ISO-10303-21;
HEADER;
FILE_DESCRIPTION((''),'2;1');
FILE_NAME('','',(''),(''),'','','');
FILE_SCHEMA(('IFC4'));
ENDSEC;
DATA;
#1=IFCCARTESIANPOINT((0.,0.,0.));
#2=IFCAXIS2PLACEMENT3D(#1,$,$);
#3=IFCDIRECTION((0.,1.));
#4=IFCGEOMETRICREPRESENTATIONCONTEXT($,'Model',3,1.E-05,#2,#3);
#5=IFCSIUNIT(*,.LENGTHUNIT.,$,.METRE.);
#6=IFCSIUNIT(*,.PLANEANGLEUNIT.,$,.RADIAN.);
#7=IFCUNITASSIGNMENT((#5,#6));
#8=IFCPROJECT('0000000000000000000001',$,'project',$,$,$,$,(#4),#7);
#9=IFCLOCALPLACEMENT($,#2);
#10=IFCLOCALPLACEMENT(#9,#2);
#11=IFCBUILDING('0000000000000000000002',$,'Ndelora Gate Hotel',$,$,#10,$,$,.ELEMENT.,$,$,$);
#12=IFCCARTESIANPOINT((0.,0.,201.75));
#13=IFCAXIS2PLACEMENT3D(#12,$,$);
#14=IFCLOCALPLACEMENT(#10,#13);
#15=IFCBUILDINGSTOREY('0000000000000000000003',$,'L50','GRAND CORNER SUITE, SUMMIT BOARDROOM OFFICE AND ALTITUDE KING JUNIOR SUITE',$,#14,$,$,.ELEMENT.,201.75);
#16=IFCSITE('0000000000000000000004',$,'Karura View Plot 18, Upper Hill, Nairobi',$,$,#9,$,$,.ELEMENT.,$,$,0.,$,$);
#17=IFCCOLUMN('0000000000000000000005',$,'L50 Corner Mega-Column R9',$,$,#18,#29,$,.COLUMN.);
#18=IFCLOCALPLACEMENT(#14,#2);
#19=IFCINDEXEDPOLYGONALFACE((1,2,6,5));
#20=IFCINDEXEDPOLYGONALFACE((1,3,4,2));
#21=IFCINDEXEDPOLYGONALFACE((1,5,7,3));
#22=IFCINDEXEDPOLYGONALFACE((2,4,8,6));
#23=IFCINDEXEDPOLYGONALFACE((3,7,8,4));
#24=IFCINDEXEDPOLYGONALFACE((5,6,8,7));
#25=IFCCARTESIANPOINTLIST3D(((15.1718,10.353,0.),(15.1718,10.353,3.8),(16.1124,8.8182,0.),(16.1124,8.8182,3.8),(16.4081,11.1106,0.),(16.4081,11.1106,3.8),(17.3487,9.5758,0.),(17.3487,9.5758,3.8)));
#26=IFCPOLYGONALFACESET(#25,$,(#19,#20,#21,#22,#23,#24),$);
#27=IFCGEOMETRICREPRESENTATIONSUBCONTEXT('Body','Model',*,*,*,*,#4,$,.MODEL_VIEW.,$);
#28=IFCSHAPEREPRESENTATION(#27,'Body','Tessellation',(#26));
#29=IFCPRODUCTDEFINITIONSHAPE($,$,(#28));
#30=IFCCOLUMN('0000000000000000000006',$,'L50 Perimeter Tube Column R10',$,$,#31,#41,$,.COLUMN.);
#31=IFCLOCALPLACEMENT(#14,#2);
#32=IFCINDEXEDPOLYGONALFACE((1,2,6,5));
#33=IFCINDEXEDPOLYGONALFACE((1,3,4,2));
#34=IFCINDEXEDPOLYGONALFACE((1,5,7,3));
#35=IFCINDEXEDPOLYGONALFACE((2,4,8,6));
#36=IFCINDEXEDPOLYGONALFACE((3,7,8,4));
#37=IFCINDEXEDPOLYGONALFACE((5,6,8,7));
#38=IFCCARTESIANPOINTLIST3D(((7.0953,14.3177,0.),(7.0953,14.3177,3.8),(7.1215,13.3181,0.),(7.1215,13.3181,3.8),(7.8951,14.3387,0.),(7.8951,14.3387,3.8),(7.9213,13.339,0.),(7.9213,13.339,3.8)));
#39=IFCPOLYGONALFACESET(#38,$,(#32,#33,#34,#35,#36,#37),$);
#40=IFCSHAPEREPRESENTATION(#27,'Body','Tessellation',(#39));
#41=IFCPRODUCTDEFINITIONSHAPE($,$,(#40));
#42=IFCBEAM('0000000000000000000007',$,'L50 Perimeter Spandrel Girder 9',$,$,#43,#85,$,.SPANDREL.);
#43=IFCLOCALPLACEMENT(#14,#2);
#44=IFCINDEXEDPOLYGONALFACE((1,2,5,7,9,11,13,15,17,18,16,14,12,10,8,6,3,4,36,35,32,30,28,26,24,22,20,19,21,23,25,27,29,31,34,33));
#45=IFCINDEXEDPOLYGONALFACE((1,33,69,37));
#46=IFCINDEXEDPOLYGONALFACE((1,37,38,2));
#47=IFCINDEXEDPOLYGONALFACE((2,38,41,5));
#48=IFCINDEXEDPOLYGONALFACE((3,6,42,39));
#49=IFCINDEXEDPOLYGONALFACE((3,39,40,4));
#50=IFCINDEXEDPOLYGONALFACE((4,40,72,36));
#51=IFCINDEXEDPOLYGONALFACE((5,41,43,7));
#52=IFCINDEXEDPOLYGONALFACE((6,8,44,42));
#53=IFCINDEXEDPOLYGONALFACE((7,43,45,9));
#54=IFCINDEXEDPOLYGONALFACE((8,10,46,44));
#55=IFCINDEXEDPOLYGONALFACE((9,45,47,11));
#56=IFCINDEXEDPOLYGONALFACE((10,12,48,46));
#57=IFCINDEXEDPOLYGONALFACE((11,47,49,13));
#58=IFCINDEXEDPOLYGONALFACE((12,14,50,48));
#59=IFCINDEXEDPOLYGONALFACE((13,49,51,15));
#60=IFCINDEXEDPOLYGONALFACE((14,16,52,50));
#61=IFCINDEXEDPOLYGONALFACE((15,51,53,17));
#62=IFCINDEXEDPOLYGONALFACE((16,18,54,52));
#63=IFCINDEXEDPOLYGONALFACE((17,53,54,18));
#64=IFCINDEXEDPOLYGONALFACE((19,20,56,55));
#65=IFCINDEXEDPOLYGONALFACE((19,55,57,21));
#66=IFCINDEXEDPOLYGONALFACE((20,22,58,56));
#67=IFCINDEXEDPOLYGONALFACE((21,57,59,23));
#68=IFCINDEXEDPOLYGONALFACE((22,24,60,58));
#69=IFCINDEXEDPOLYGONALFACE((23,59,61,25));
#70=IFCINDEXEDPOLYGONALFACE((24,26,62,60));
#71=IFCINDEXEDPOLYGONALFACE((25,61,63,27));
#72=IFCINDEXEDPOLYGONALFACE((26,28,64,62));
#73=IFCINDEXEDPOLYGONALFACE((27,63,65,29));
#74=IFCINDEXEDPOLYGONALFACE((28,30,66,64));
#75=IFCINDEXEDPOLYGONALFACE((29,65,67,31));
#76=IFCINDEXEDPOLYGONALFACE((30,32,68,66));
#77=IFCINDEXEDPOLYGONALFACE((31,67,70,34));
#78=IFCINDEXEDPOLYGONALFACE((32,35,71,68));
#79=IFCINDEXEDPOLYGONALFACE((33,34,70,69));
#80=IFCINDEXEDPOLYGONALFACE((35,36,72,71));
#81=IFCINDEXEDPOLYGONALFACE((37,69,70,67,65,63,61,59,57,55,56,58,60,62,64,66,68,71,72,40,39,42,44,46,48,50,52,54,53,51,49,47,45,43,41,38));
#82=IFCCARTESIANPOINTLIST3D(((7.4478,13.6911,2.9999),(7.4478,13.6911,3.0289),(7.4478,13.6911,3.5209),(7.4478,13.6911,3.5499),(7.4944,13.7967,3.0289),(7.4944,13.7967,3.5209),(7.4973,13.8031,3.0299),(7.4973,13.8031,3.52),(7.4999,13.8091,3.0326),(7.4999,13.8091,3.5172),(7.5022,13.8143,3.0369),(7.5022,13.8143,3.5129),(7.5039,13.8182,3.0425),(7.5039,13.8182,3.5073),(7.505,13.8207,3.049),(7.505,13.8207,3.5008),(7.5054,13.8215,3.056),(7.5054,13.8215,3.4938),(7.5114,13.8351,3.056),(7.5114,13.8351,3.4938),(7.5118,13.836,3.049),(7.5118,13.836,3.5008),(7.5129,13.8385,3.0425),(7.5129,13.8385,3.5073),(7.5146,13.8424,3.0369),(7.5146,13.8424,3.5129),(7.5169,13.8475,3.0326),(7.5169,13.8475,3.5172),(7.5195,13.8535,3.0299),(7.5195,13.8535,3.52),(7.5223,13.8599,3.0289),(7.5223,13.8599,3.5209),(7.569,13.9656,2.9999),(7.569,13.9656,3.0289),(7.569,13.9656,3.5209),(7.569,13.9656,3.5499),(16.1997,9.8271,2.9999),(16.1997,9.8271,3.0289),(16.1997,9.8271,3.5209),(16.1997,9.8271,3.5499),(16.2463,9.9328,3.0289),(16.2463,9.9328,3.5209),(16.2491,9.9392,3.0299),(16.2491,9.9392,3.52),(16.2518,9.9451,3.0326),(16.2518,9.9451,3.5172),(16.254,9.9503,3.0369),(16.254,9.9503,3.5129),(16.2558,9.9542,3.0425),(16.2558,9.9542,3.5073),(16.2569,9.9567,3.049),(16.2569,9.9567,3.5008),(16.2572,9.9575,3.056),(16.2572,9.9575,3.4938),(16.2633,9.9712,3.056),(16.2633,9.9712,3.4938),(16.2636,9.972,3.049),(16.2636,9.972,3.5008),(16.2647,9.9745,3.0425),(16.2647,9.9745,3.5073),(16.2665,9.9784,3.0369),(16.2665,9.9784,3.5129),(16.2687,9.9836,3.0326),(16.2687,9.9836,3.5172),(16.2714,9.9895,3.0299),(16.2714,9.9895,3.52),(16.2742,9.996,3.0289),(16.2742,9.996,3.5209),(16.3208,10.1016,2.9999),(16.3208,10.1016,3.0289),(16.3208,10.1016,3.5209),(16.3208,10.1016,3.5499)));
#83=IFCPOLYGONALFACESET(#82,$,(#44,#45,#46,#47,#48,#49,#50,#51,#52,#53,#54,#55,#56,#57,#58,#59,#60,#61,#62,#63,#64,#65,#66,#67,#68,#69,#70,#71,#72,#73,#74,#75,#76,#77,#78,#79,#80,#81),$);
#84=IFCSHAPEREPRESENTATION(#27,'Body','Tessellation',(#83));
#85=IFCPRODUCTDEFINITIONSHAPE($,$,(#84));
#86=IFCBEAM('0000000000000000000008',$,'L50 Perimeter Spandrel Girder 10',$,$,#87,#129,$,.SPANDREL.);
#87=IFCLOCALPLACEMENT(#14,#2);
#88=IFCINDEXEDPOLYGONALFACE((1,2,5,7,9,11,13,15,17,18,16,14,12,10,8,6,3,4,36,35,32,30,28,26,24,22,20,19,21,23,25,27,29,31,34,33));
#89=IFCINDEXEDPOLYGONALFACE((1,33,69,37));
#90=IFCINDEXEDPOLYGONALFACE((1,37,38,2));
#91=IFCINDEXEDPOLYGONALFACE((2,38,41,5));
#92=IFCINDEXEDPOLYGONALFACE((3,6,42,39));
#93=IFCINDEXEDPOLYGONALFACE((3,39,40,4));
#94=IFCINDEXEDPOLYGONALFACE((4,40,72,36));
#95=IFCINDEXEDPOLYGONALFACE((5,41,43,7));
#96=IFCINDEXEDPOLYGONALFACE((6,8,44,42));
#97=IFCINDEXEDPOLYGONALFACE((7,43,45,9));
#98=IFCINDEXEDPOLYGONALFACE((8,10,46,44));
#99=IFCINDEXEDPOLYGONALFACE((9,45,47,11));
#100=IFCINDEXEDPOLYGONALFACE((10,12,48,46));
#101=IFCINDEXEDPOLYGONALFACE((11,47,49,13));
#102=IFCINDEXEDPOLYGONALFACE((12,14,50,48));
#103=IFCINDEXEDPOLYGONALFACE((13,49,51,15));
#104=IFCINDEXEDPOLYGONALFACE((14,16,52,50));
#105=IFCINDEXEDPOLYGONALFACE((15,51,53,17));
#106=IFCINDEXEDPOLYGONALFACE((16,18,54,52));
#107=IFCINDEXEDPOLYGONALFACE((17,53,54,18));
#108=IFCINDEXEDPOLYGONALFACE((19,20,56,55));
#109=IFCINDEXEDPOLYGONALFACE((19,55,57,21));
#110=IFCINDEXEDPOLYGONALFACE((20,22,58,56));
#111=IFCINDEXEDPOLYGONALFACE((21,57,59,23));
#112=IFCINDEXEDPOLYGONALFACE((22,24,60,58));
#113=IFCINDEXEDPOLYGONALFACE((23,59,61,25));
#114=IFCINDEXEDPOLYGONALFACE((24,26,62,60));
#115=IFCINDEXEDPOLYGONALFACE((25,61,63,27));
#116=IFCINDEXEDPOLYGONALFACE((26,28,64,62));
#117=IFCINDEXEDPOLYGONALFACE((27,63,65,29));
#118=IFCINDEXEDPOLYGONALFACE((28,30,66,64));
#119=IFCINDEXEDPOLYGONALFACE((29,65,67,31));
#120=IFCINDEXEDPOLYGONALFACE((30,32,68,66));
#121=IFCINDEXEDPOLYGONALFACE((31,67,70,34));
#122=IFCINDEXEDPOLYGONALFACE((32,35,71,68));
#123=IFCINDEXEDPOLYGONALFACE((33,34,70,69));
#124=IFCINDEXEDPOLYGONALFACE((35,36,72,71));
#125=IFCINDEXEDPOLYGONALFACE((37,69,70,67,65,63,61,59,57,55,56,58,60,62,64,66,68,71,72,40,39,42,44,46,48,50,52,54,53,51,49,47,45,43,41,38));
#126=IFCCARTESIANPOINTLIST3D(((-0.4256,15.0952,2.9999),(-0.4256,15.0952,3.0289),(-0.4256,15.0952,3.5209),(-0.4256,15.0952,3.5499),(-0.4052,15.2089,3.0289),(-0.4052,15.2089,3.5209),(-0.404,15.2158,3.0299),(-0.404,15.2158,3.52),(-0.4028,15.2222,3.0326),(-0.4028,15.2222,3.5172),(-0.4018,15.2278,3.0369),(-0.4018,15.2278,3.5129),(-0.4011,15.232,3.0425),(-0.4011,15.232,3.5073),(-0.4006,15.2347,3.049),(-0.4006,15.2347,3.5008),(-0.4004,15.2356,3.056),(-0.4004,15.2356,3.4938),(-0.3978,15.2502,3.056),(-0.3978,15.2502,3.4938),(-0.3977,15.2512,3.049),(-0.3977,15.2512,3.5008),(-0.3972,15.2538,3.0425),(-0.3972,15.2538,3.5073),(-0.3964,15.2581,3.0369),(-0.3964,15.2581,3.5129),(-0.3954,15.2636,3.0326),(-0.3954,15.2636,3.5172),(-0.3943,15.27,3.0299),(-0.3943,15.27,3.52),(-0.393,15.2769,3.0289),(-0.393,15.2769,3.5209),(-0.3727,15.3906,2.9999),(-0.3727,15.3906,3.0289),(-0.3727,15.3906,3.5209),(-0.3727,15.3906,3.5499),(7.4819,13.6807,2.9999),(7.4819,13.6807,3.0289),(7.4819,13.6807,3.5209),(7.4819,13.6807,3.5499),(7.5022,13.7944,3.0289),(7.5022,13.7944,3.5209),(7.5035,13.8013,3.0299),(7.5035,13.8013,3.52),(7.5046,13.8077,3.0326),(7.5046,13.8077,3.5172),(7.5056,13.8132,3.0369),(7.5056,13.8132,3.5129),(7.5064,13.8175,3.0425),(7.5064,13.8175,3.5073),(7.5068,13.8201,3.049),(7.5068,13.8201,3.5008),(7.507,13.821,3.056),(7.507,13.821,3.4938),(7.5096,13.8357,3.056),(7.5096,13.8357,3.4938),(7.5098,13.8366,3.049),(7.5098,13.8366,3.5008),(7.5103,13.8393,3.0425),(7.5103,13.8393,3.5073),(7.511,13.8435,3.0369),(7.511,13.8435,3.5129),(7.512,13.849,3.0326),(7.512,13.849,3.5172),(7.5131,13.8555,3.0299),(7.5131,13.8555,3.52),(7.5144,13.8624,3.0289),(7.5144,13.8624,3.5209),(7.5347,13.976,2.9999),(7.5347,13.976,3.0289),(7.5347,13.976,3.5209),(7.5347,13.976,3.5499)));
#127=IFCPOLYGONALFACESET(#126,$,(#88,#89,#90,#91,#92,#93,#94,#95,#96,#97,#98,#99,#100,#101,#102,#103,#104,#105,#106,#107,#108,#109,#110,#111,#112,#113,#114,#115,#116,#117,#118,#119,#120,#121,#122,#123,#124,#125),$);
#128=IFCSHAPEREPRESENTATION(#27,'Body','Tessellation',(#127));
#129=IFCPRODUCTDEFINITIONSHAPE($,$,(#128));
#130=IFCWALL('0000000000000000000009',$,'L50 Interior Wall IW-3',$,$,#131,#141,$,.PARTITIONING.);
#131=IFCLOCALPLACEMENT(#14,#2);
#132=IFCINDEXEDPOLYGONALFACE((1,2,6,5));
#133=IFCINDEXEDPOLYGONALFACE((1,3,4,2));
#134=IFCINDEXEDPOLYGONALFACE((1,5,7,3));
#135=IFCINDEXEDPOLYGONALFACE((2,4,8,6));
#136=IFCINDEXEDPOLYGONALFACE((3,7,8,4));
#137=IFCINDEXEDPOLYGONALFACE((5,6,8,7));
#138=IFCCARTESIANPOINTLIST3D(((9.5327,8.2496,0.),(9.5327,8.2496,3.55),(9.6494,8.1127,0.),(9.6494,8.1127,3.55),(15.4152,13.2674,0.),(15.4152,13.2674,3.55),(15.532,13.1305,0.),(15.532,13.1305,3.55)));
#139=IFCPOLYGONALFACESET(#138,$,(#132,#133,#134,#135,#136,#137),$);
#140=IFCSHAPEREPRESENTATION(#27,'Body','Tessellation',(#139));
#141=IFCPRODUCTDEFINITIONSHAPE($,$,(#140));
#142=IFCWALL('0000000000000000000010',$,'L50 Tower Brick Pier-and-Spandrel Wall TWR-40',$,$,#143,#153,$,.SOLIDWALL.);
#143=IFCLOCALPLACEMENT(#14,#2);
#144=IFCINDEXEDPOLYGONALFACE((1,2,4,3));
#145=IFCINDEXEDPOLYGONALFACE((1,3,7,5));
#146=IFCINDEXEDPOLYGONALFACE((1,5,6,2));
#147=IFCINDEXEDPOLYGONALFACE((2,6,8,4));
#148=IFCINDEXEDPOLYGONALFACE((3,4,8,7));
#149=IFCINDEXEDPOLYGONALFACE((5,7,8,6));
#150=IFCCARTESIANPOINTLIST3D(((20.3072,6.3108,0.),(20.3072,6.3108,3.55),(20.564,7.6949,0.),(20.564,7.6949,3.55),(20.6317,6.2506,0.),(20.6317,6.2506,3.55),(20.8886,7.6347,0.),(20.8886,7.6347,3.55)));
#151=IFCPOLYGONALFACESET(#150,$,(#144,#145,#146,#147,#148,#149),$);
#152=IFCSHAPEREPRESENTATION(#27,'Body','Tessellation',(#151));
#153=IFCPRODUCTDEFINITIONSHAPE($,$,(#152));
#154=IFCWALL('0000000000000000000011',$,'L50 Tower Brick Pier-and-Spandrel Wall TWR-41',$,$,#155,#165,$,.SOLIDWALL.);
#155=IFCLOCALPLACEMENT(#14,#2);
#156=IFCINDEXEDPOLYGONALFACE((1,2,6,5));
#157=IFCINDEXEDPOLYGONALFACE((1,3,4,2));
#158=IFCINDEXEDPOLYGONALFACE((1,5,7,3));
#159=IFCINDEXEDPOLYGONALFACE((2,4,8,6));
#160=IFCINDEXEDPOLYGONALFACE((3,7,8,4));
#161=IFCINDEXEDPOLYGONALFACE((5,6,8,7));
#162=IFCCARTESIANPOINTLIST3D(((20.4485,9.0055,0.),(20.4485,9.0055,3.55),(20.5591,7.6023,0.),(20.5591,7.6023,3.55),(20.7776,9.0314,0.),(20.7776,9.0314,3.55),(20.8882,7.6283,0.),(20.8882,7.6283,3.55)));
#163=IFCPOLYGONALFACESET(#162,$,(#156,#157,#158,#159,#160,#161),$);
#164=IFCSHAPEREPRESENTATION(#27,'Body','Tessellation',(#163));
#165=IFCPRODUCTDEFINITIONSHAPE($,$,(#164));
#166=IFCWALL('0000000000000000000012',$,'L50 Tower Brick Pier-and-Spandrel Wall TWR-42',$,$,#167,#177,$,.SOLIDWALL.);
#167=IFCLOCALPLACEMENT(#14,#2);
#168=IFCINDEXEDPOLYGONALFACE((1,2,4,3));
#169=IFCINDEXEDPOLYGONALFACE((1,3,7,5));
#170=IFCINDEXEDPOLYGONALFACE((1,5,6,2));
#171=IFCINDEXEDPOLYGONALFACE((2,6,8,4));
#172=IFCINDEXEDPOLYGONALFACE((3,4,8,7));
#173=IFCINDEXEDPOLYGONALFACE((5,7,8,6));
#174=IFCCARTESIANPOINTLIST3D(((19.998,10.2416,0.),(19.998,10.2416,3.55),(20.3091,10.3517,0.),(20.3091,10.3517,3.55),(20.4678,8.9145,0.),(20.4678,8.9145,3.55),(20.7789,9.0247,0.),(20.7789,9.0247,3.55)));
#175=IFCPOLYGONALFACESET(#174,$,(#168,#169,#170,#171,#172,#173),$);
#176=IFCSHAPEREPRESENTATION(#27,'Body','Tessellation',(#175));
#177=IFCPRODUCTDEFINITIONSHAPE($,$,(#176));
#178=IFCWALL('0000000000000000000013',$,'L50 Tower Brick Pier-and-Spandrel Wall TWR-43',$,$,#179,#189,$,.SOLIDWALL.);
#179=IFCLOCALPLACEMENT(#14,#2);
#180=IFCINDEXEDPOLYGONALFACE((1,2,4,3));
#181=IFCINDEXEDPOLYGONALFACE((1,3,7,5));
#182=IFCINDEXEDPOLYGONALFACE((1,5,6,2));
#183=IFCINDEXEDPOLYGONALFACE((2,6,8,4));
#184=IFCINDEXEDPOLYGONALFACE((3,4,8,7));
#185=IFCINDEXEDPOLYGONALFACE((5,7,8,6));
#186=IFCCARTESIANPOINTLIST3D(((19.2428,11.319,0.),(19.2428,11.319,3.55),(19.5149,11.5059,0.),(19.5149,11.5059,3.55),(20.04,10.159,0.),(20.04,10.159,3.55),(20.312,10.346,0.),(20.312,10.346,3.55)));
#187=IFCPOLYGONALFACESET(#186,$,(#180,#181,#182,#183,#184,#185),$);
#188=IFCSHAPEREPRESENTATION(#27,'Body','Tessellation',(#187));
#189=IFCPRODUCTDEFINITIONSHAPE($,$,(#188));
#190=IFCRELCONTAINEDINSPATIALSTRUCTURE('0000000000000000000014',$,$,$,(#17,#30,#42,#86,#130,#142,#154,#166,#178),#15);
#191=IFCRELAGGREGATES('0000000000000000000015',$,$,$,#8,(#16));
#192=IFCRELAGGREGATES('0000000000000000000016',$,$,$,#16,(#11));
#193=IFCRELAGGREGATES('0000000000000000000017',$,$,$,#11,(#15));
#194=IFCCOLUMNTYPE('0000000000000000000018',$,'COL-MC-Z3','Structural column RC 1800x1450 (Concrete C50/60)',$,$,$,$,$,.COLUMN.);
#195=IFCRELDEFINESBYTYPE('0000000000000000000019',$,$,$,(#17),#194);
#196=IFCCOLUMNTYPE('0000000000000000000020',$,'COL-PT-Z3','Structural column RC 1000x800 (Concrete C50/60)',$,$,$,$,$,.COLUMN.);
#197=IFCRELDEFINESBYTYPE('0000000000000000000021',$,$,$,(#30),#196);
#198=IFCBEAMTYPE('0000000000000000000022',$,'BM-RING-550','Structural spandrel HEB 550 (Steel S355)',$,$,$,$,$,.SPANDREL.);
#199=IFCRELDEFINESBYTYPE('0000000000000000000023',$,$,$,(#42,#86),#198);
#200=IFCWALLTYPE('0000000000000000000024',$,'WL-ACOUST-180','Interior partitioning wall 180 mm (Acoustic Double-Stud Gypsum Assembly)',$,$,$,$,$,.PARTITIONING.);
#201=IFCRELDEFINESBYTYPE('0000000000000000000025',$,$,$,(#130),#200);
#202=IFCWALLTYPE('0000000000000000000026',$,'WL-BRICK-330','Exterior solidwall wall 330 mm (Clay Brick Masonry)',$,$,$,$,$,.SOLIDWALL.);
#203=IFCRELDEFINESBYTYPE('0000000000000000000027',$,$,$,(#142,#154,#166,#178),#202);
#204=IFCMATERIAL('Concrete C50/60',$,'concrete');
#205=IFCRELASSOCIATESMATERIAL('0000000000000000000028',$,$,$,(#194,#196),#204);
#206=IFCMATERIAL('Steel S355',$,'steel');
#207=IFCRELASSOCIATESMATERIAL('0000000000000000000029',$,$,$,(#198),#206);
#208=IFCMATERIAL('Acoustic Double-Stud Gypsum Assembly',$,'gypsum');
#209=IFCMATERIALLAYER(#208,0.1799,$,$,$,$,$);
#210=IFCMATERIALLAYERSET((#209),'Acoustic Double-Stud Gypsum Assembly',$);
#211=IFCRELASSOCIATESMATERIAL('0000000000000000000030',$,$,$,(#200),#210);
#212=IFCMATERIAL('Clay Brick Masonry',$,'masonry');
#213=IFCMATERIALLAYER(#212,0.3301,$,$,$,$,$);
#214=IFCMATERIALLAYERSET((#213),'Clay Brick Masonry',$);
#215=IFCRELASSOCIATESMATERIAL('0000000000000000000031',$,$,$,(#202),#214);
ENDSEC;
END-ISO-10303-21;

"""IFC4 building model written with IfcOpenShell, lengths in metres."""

from ifc_helpers import new_model, si_unit, direction, frame, frame_2d, origin, origin_2d, place, context, subcontext, project, spatial, rectangle, i_section, extrude, material, layer, layer_set, material_profile, profile_set, type_object, element, save


model = new_model("IFC4")

# Units and contexts
model_context = context("Model", 3, precision=1e-05, world=origin(), true_north=direction((0.0, 1.0)))
body_context = subcontext(model_context, "Body", "Model", "MODEL_VIEW")
ifc_project = project(units=[si_unit("LENGTHUNIT", "METRE"), si_unit("PLANEANGLEUNIT", "RADIAN")], contexts=[model_context])

# Site, building, storey
site_placement = place(None, origin())
site = spatial("IfcSite", under=ifc_project, at=site_placement, Name="Karura View Plot 18, Upper Hill, Nairobi", CompositionType="ELEMENT", RefElevation=0.0)
building_placement = place(site_placement, origin())
building = spatial("IfcBuilding", under=site, at=building_placement, Name="Ndelora Gate Hotel", CompositionType="ELEMENT")
storey_placement = place(building_placement, frame((0.0, 0.0, 201.75)))
storey = spatial("IfcBuildingStorey", under=building, at=storey_placement, Name="L50", Description="GRAND CORNER SUITE, SUMMIT BOARDROOM OFFICE AND ALTITUDE KING JUNIOR SUITE", CompositionType="ELEMENT", Elevation=201.75)

# Columns
ifc_material_1 = material(Name="Concrete C50/60", Category="concrete")
ifc_material_profile_1 = material_profile(ifc_material_1, rectangle(XDim=1.45, YDim=1.8, at=origin_2d()), Name="RC 1800x1450")
ifc_profile_set_1 = profile_set([ifc_material_profile_1], Name="Concrete C50/60")
column_type_1 = type_object("IfcColumnType", Name="COL-MC-Z3", Description="Structural column RC 1800x1450 (Concrete C50/60)", PredefinedType="COLUMN", material=ifc_profile_set_1)
column_1_placement = place(storey_placement, frame((16.2603, 9.9644, 0.0), z_axis=(0.0, 0.0, 1.0), x_axis=(0.85264, 0.522499, 0.0)))
element("IfcColumn", 1, at=column_1_placement, inside=storey, type_object=column_type_1, Name="L50 Corner Mega-Column R9", PredefinedType="COLUMN", context=body_context, shape_type="SweptSolid", body=[
    extrude(rectangle(XDim=1.45, YDim=1.8, at=origin_2d()), origin(), (0.0, 0.0, 1.0), 3.8),
])
ifc_material_profile_2 = material_profile(ifc_material_1, rectangle(XDim=0.8, YDim=1.0, at=origin_2d()), Name="RC 1000x800")
ifc_profile_set_2 = profile_set([ifc_material_profile_2], Name="Concrete C50/60")
column_type_2 = type_object("IfcColumnType", Name="COL-PT-Z3", Description="Structural column RC 1000x800 (Concrete C50/60)", PredefinedType="COLUMN", material=ifc_profile_set_2)
column_2_placement = place(storey_placement, frame((7.5083, 13.8284, 0.0), z_axis=(0.0, 0.0, 1.0), x_axis=(0.999657, 0.026177, 0.0)))
element("IfcColumn", 2, at=column_2_placement, inside=storey, type_object=column_type_2, Name="L50 Perimeter Tube Column R10", PredefinedType="COLUMN", context=body_context, shape_type="SweptSolid", body=[
    extrude(rectangle(XDim=0.8, YDim=1.0, at=origin_2d()), origin(), (0.0, 0.0, 1.0), 3.8),
])

# Beams
ifc_material_2 = material(Name="Steel S355", Category="steel")
ifc_material_profile_3 = material_profile(ifc_material_2, i_section(OverallWidth=0.3, OverallDepth=0.55, WebThickness=0.0149, FlangeThickness=0.0291, FilletRadius=0.0271, at=origin_2d()), Name="HEB 550")
ifc_profile_set_3 = profile_set([ifc_material_profile_3], Name="Steel S355")
beam_type = type_object("IfcBeamType", Name="BM-RING-550", Description="Structural spandrel HEB 550 (Steel S355)", PredefinedType="SPANDREL", material=ifc_profile_set_3)
beam_1_placement = place(storey_placement, frame((16.2603, 9.9644, 3.2749), z_axis=(-0.914807, 0.40389, 0.0), x_axis=(-0.40389, -0.914807, 0.0)))
element("IfcBeam", 3, at=beam_1_placement, inside=storey, type_object=beam_type, Name="L50 Perimeter Spandrel Girder 9", PredefinedType="SPANDREL", context=body_context, shape_type="SweptSolid", body=[
    extrude(i_section(OverallWidth=0.3, OverallDepth=0.55, WebThickness=0.0149, FlangeThickness=0.0291, FilletRadius=0.0271, at=origin_2d()), origin(), (0.0, 0.0, 1.0), 9.5669),
])
beam_2_placement = place(storey_placement, frame((7.5083, 13.8284, 3.2749), z_axis=(-0.984374, 0.176093, 0.0), x_axis=(-0.176093, -0.984374, 0.0)))
element("IfcBeam", 4, at=beam_2_placement, inside=storey, type_object=beam_type, Name="L50 Perimeter Spandrel Girder 10", PredefinedType="SPANDREL", context=body_context, shape_type="SweptSolid", body=[
    extrude(i_section(OverallWidth=0.3, OverallDepth=0.55, WebThickness=0.0149, FlangeThickness=0.0291, FilletRadius=0.0271, at=origin_2d()), origin(), (0.0, 0.0, 1.0), 8.033),
])

# Walls
ifc_material_3 = material(Name="Acoustic Double-Stud Gypsum Assembly", Category="gypsum")
ifc_layer_1 = layer(ifc_material_3, 0.1799)
ifc_layer_set_1 = layer_set([ifc_layer_1], Name="Acoustic Double-Stud Gypsum Assembly")
wall_type_1 = type_object("IfcWallType", Name="WL-ACOUST-180", Description="Interior partitioning wall 180 mm (Acoustic Double-Stud Gypsum Assembly)", PredefinedType="PARTITIONING", material=ifc_layer_set_1)
wall_1_placement = place(storey_placement, frame((9.5911, 8.1812, 0.0), z_axis=(0.0, 0.0, 1.0), x_axis=(0.760812, 0.648972, 0.0)))
element("IfcWall", 5, at=wall_1_placement, inside=storey, type_object=wall_type_1, Name="L50 Interior Wall IW-3", PredefinedType="PARTITIONING", context=body_context, shape_type="SweptSolid", body=[
    extrude(rectangle(XDim=7.7319, YDim=0.1799, at=frame_2d((3.866, 0.0))), origin(), (0.0, 0.0, 1.0), 3.55),
])
ifc_material_4 = material(Name="Clay Brick Masonry", Category="masonry")
ifc_layer_2 = layer(ifc_material_4, 0.3301)
ifc_layer_set_2 = layer_set([ifc_layer_2], Name="Clay Brick Masonry")
wall_type_2 = type_object("IfcWallType", Name="WL-BRICK-330", Description="Exterior solidwall wall 330 mm (Clay Brick Masonry)", PredefinedType="SOLIDWALL", material=ifc_layer_set_2)
wall_2_placement = place(storey_placement, frame((20.7263, 7.6648, 0.0), z_axis=(0.0, 0.0, 1.0), x_axis=(-0.182456, -0.983214, 0.0)))
element("IfcWall", 6, at=wall_2_placement, inside=storey, type_object=wall_type_2, Name="L50 Tower Brick Pier-and-Spandrel Wall TWR-40", PredefinedType="SOLIDWALL", context=body_context, shape_type="SweptSolid", body=[
    extrude(rectangle(XDim=1.4077, YDim=0.3301, at=frame_2d((0.7039, 0.0))), origin(), (0.0, 0.0, 1.0), 3.55),
])
wall_3_placement = place(storey_placement, frame((20.613, 9.0183, 0.0), z_axis=(0.0, 0.0, 1.0), x_axis=(0.07858, -0.996908, 0.0)))
element("IfcWall", 7, at=wall_3_placement, inside=storey, type_object=wall_type_2, Name="L50 Tower Brick Pier-and-Spandrel Wall TWR-41", PredefinedType="SOLIDWALL", context=body_context, shape_type="SweptSolid", body=[
    extrude(rectangle(XDim=1.4075, YDim=0.3301, at=frame_2d((0.7036, 0.0))), origin(), (0.0, 0.0, 1.0), 3.55),
])
wall_4_placement = place(storey_placement, frame((20.1536, 10.2966, 0.0), z_axis=(0.0, 0.0, 1.0), x_axis=(0.333709, -0.942676, 0.0)))
element("IfcWall", 8, at=wall_4_placement, inside=storey, type_object=wall_type_2, Name="L50 Tower Brick Pier-and-Spandrel Wall TWR-42", PredefinedType="SOLIDWALL", context=body_context, shape_type="SweptSolid", body=[
    extrude(rectangle(XDim=1.4077, YDim=0.3301, at=frame_2d((0.7039, 0.0))), origin(), (0.0, 0.0, 1.0), 3.55),
])
for number, where, z_axis, x_axis, name in (
    (9, (19.3789, 11.4124, 0.0), (0.0, 0.0, 1.0), (0.566374, -0.824148, 0.0), "L50 Tower Brick Pier-and-Spandrel Wall TWR-43"),
):
    element("IfcWall", number, at=place(storey_placement, frame(where, z_axis=z_axis, x_axis=x_axis)), inside=storey, type_object=wall_type_2, Name=name, PredefinedType="SOLIDWALL", context=body_context, shape_type="SweptSolid", body=[
        extrude(rectangle(XDim=1.4075, YDim=0.3301, at=frame_2d((0.7036, 0.0))), origin(), (0.0, 0.0, 1.0), 3.55),
    ])

save(model, "model.ifc")
